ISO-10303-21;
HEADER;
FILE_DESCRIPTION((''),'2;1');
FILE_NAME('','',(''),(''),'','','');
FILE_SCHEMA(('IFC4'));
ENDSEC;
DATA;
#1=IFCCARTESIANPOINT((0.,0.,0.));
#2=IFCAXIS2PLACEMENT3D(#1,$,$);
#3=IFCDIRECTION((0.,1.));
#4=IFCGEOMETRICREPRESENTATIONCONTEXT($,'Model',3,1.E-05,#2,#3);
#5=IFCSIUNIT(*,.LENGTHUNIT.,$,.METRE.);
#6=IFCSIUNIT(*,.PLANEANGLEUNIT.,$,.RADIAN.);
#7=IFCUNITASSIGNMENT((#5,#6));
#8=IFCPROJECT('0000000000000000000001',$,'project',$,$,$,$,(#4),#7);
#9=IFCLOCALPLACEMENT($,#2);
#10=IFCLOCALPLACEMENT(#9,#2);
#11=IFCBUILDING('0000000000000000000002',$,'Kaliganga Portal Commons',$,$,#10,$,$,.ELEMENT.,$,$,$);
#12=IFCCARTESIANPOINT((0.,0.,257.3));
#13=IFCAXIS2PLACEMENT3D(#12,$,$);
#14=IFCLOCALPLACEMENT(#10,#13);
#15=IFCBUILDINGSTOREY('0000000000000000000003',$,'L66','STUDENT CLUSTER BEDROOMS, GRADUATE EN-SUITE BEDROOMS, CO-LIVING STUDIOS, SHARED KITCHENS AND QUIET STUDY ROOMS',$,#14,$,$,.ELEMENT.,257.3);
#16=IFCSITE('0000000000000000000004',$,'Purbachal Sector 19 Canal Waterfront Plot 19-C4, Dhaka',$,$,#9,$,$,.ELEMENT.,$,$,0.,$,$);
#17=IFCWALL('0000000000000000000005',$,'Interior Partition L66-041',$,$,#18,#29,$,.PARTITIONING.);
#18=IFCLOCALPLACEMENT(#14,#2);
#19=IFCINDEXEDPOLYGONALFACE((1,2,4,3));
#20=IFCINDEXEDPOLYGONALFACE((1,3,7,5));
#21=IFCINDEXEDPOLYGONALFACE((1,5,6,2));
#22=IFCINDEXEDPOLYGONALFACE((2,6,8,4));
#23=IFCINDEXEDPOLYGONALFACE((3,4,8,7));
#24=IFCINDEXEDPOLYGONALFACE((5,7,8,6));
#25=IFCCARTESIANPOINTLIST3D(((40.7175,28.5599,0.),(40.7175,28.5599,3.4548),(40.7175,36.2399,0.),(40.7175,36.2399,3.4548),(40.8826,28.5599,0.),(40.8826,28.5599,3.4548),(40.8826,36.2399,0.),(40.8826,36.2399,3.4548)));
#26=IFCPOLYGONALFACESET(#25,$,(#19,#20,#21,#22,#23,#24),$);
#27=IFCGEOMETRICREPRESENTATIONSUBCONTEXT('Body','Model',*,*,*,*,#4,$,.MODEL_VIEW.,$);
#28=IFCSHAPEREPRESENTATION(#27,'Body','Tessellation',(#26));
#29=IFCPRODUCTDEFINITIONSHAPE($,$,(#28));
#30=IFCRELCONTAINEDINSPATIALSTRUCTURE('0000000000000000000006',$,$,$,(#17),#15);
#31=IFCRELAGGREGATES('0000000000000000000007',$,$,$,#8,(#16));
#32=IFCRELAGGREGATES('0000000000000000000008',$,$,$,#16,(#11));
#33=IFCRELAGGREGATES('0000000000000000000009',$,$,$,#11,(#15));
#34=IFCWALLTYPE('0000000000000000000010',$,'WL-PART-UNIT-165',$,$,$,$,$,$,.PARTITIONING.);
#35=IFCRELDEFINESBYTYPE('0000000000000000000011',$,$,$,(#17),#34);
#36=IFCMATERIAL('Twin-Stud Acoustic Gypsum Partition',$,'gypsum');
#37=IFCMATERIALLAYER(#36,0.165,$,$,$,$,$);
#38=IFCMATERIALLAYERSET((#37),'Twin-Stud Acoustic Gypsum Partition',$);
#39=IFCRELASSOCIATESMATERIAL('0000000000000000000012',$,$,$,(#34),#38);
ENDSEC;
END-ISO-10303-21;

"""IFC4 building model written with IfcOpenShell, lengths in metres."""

from ifc_helpers import new_model, si_unit, direction, frame, frame_2d, origin, place, context, subcontext, project, spatial, rectangle, extrude, material, layer, layer_set, type_object, element, save


model = new_model("IFC4")

# Units and contexts
model_context = context("Model", 3, precision=1e-05, world=origin(), true_north=direction((0.0, 1.0)))
body_context = subcontext(model_context, "Body", "Model", "MODEL_VIEW")
ifc_project = project(units=[si_unit("LENGTHUNIT", "METRE"), si_unit("PLANEANGLEUNIT", "RADIAN")], contexts=[model_context])

# Site, building, storey
site_placement = place(None, origin())
site = spatial("IfcSite", under=ifc_project, at=site_placement, Name="Purbachal Sector 19 Canal Waterfront Plot 19-C4, Dhaka", CompositionType="ELEMENT", RefElevation=0.0)
building_placement = place(site_placement, origin())
building = spatial("IfcBuilding", under=site, at=building_placement, Name="Kaliganga Portal Commons", CompositionType="ELEMENT")
storey_placement = place(building_placement, frame((0.0, 0.0, 257.3)))
storey = spatial("IfcBuildingStorey", under=building, at=storey_placement, Name="L66", Description="STUDENT CLUSTER BEDROOMS, GRADUATE EN-SUITE BEDROOMS, CO-LIVING STUDIOS, SHARED KITCHENS AND QUIET STUDY ROOMS", CompositionType="ELEMENT", Elevation=257.3)

# Wall
ifc_material_1 = material(Name="Twin-Stud Acoustic Gypsum Partition", Category="gypsum")
ifc_layer_1 = layer(ifc_material_1, 0.165)
ifc_layer_set_1 = layer_set([ifc_layer_1], Name="Twin-Stud Acoustic Gypsum Partition")
wall_type_1 = type_object("IfcWallType", Name="WL-PART-UNIT-165", PredefinedType="PARTITIONING", material=ifc_layer_set_1)
for number, where, z_axis, x_axis, name in (
    (1, (40.8, 28.5601, 0.0), (0.0, 0.0, 1.0), (0.0, 1.0, 0.0), "Interior Partition L66-041"),
):
    element("IfcWall", number, at=place(storey_placement, frame(where, z_axis=z_axis, x_axis=x_axis)), inside=storey, type_object=wall_type_1, Name=name, PredefinedType="PARTITIONING", context=body_context, shape_type="SweptSolid", body=[
        extrude(rectangle(XDim=7.6799, YDim=0.165, at=frame_2d((3.8398, 0.0))), origin(), (0.0, 0.0, 1.0), 3.4548),
    ])

save(model, "model.ifc")
